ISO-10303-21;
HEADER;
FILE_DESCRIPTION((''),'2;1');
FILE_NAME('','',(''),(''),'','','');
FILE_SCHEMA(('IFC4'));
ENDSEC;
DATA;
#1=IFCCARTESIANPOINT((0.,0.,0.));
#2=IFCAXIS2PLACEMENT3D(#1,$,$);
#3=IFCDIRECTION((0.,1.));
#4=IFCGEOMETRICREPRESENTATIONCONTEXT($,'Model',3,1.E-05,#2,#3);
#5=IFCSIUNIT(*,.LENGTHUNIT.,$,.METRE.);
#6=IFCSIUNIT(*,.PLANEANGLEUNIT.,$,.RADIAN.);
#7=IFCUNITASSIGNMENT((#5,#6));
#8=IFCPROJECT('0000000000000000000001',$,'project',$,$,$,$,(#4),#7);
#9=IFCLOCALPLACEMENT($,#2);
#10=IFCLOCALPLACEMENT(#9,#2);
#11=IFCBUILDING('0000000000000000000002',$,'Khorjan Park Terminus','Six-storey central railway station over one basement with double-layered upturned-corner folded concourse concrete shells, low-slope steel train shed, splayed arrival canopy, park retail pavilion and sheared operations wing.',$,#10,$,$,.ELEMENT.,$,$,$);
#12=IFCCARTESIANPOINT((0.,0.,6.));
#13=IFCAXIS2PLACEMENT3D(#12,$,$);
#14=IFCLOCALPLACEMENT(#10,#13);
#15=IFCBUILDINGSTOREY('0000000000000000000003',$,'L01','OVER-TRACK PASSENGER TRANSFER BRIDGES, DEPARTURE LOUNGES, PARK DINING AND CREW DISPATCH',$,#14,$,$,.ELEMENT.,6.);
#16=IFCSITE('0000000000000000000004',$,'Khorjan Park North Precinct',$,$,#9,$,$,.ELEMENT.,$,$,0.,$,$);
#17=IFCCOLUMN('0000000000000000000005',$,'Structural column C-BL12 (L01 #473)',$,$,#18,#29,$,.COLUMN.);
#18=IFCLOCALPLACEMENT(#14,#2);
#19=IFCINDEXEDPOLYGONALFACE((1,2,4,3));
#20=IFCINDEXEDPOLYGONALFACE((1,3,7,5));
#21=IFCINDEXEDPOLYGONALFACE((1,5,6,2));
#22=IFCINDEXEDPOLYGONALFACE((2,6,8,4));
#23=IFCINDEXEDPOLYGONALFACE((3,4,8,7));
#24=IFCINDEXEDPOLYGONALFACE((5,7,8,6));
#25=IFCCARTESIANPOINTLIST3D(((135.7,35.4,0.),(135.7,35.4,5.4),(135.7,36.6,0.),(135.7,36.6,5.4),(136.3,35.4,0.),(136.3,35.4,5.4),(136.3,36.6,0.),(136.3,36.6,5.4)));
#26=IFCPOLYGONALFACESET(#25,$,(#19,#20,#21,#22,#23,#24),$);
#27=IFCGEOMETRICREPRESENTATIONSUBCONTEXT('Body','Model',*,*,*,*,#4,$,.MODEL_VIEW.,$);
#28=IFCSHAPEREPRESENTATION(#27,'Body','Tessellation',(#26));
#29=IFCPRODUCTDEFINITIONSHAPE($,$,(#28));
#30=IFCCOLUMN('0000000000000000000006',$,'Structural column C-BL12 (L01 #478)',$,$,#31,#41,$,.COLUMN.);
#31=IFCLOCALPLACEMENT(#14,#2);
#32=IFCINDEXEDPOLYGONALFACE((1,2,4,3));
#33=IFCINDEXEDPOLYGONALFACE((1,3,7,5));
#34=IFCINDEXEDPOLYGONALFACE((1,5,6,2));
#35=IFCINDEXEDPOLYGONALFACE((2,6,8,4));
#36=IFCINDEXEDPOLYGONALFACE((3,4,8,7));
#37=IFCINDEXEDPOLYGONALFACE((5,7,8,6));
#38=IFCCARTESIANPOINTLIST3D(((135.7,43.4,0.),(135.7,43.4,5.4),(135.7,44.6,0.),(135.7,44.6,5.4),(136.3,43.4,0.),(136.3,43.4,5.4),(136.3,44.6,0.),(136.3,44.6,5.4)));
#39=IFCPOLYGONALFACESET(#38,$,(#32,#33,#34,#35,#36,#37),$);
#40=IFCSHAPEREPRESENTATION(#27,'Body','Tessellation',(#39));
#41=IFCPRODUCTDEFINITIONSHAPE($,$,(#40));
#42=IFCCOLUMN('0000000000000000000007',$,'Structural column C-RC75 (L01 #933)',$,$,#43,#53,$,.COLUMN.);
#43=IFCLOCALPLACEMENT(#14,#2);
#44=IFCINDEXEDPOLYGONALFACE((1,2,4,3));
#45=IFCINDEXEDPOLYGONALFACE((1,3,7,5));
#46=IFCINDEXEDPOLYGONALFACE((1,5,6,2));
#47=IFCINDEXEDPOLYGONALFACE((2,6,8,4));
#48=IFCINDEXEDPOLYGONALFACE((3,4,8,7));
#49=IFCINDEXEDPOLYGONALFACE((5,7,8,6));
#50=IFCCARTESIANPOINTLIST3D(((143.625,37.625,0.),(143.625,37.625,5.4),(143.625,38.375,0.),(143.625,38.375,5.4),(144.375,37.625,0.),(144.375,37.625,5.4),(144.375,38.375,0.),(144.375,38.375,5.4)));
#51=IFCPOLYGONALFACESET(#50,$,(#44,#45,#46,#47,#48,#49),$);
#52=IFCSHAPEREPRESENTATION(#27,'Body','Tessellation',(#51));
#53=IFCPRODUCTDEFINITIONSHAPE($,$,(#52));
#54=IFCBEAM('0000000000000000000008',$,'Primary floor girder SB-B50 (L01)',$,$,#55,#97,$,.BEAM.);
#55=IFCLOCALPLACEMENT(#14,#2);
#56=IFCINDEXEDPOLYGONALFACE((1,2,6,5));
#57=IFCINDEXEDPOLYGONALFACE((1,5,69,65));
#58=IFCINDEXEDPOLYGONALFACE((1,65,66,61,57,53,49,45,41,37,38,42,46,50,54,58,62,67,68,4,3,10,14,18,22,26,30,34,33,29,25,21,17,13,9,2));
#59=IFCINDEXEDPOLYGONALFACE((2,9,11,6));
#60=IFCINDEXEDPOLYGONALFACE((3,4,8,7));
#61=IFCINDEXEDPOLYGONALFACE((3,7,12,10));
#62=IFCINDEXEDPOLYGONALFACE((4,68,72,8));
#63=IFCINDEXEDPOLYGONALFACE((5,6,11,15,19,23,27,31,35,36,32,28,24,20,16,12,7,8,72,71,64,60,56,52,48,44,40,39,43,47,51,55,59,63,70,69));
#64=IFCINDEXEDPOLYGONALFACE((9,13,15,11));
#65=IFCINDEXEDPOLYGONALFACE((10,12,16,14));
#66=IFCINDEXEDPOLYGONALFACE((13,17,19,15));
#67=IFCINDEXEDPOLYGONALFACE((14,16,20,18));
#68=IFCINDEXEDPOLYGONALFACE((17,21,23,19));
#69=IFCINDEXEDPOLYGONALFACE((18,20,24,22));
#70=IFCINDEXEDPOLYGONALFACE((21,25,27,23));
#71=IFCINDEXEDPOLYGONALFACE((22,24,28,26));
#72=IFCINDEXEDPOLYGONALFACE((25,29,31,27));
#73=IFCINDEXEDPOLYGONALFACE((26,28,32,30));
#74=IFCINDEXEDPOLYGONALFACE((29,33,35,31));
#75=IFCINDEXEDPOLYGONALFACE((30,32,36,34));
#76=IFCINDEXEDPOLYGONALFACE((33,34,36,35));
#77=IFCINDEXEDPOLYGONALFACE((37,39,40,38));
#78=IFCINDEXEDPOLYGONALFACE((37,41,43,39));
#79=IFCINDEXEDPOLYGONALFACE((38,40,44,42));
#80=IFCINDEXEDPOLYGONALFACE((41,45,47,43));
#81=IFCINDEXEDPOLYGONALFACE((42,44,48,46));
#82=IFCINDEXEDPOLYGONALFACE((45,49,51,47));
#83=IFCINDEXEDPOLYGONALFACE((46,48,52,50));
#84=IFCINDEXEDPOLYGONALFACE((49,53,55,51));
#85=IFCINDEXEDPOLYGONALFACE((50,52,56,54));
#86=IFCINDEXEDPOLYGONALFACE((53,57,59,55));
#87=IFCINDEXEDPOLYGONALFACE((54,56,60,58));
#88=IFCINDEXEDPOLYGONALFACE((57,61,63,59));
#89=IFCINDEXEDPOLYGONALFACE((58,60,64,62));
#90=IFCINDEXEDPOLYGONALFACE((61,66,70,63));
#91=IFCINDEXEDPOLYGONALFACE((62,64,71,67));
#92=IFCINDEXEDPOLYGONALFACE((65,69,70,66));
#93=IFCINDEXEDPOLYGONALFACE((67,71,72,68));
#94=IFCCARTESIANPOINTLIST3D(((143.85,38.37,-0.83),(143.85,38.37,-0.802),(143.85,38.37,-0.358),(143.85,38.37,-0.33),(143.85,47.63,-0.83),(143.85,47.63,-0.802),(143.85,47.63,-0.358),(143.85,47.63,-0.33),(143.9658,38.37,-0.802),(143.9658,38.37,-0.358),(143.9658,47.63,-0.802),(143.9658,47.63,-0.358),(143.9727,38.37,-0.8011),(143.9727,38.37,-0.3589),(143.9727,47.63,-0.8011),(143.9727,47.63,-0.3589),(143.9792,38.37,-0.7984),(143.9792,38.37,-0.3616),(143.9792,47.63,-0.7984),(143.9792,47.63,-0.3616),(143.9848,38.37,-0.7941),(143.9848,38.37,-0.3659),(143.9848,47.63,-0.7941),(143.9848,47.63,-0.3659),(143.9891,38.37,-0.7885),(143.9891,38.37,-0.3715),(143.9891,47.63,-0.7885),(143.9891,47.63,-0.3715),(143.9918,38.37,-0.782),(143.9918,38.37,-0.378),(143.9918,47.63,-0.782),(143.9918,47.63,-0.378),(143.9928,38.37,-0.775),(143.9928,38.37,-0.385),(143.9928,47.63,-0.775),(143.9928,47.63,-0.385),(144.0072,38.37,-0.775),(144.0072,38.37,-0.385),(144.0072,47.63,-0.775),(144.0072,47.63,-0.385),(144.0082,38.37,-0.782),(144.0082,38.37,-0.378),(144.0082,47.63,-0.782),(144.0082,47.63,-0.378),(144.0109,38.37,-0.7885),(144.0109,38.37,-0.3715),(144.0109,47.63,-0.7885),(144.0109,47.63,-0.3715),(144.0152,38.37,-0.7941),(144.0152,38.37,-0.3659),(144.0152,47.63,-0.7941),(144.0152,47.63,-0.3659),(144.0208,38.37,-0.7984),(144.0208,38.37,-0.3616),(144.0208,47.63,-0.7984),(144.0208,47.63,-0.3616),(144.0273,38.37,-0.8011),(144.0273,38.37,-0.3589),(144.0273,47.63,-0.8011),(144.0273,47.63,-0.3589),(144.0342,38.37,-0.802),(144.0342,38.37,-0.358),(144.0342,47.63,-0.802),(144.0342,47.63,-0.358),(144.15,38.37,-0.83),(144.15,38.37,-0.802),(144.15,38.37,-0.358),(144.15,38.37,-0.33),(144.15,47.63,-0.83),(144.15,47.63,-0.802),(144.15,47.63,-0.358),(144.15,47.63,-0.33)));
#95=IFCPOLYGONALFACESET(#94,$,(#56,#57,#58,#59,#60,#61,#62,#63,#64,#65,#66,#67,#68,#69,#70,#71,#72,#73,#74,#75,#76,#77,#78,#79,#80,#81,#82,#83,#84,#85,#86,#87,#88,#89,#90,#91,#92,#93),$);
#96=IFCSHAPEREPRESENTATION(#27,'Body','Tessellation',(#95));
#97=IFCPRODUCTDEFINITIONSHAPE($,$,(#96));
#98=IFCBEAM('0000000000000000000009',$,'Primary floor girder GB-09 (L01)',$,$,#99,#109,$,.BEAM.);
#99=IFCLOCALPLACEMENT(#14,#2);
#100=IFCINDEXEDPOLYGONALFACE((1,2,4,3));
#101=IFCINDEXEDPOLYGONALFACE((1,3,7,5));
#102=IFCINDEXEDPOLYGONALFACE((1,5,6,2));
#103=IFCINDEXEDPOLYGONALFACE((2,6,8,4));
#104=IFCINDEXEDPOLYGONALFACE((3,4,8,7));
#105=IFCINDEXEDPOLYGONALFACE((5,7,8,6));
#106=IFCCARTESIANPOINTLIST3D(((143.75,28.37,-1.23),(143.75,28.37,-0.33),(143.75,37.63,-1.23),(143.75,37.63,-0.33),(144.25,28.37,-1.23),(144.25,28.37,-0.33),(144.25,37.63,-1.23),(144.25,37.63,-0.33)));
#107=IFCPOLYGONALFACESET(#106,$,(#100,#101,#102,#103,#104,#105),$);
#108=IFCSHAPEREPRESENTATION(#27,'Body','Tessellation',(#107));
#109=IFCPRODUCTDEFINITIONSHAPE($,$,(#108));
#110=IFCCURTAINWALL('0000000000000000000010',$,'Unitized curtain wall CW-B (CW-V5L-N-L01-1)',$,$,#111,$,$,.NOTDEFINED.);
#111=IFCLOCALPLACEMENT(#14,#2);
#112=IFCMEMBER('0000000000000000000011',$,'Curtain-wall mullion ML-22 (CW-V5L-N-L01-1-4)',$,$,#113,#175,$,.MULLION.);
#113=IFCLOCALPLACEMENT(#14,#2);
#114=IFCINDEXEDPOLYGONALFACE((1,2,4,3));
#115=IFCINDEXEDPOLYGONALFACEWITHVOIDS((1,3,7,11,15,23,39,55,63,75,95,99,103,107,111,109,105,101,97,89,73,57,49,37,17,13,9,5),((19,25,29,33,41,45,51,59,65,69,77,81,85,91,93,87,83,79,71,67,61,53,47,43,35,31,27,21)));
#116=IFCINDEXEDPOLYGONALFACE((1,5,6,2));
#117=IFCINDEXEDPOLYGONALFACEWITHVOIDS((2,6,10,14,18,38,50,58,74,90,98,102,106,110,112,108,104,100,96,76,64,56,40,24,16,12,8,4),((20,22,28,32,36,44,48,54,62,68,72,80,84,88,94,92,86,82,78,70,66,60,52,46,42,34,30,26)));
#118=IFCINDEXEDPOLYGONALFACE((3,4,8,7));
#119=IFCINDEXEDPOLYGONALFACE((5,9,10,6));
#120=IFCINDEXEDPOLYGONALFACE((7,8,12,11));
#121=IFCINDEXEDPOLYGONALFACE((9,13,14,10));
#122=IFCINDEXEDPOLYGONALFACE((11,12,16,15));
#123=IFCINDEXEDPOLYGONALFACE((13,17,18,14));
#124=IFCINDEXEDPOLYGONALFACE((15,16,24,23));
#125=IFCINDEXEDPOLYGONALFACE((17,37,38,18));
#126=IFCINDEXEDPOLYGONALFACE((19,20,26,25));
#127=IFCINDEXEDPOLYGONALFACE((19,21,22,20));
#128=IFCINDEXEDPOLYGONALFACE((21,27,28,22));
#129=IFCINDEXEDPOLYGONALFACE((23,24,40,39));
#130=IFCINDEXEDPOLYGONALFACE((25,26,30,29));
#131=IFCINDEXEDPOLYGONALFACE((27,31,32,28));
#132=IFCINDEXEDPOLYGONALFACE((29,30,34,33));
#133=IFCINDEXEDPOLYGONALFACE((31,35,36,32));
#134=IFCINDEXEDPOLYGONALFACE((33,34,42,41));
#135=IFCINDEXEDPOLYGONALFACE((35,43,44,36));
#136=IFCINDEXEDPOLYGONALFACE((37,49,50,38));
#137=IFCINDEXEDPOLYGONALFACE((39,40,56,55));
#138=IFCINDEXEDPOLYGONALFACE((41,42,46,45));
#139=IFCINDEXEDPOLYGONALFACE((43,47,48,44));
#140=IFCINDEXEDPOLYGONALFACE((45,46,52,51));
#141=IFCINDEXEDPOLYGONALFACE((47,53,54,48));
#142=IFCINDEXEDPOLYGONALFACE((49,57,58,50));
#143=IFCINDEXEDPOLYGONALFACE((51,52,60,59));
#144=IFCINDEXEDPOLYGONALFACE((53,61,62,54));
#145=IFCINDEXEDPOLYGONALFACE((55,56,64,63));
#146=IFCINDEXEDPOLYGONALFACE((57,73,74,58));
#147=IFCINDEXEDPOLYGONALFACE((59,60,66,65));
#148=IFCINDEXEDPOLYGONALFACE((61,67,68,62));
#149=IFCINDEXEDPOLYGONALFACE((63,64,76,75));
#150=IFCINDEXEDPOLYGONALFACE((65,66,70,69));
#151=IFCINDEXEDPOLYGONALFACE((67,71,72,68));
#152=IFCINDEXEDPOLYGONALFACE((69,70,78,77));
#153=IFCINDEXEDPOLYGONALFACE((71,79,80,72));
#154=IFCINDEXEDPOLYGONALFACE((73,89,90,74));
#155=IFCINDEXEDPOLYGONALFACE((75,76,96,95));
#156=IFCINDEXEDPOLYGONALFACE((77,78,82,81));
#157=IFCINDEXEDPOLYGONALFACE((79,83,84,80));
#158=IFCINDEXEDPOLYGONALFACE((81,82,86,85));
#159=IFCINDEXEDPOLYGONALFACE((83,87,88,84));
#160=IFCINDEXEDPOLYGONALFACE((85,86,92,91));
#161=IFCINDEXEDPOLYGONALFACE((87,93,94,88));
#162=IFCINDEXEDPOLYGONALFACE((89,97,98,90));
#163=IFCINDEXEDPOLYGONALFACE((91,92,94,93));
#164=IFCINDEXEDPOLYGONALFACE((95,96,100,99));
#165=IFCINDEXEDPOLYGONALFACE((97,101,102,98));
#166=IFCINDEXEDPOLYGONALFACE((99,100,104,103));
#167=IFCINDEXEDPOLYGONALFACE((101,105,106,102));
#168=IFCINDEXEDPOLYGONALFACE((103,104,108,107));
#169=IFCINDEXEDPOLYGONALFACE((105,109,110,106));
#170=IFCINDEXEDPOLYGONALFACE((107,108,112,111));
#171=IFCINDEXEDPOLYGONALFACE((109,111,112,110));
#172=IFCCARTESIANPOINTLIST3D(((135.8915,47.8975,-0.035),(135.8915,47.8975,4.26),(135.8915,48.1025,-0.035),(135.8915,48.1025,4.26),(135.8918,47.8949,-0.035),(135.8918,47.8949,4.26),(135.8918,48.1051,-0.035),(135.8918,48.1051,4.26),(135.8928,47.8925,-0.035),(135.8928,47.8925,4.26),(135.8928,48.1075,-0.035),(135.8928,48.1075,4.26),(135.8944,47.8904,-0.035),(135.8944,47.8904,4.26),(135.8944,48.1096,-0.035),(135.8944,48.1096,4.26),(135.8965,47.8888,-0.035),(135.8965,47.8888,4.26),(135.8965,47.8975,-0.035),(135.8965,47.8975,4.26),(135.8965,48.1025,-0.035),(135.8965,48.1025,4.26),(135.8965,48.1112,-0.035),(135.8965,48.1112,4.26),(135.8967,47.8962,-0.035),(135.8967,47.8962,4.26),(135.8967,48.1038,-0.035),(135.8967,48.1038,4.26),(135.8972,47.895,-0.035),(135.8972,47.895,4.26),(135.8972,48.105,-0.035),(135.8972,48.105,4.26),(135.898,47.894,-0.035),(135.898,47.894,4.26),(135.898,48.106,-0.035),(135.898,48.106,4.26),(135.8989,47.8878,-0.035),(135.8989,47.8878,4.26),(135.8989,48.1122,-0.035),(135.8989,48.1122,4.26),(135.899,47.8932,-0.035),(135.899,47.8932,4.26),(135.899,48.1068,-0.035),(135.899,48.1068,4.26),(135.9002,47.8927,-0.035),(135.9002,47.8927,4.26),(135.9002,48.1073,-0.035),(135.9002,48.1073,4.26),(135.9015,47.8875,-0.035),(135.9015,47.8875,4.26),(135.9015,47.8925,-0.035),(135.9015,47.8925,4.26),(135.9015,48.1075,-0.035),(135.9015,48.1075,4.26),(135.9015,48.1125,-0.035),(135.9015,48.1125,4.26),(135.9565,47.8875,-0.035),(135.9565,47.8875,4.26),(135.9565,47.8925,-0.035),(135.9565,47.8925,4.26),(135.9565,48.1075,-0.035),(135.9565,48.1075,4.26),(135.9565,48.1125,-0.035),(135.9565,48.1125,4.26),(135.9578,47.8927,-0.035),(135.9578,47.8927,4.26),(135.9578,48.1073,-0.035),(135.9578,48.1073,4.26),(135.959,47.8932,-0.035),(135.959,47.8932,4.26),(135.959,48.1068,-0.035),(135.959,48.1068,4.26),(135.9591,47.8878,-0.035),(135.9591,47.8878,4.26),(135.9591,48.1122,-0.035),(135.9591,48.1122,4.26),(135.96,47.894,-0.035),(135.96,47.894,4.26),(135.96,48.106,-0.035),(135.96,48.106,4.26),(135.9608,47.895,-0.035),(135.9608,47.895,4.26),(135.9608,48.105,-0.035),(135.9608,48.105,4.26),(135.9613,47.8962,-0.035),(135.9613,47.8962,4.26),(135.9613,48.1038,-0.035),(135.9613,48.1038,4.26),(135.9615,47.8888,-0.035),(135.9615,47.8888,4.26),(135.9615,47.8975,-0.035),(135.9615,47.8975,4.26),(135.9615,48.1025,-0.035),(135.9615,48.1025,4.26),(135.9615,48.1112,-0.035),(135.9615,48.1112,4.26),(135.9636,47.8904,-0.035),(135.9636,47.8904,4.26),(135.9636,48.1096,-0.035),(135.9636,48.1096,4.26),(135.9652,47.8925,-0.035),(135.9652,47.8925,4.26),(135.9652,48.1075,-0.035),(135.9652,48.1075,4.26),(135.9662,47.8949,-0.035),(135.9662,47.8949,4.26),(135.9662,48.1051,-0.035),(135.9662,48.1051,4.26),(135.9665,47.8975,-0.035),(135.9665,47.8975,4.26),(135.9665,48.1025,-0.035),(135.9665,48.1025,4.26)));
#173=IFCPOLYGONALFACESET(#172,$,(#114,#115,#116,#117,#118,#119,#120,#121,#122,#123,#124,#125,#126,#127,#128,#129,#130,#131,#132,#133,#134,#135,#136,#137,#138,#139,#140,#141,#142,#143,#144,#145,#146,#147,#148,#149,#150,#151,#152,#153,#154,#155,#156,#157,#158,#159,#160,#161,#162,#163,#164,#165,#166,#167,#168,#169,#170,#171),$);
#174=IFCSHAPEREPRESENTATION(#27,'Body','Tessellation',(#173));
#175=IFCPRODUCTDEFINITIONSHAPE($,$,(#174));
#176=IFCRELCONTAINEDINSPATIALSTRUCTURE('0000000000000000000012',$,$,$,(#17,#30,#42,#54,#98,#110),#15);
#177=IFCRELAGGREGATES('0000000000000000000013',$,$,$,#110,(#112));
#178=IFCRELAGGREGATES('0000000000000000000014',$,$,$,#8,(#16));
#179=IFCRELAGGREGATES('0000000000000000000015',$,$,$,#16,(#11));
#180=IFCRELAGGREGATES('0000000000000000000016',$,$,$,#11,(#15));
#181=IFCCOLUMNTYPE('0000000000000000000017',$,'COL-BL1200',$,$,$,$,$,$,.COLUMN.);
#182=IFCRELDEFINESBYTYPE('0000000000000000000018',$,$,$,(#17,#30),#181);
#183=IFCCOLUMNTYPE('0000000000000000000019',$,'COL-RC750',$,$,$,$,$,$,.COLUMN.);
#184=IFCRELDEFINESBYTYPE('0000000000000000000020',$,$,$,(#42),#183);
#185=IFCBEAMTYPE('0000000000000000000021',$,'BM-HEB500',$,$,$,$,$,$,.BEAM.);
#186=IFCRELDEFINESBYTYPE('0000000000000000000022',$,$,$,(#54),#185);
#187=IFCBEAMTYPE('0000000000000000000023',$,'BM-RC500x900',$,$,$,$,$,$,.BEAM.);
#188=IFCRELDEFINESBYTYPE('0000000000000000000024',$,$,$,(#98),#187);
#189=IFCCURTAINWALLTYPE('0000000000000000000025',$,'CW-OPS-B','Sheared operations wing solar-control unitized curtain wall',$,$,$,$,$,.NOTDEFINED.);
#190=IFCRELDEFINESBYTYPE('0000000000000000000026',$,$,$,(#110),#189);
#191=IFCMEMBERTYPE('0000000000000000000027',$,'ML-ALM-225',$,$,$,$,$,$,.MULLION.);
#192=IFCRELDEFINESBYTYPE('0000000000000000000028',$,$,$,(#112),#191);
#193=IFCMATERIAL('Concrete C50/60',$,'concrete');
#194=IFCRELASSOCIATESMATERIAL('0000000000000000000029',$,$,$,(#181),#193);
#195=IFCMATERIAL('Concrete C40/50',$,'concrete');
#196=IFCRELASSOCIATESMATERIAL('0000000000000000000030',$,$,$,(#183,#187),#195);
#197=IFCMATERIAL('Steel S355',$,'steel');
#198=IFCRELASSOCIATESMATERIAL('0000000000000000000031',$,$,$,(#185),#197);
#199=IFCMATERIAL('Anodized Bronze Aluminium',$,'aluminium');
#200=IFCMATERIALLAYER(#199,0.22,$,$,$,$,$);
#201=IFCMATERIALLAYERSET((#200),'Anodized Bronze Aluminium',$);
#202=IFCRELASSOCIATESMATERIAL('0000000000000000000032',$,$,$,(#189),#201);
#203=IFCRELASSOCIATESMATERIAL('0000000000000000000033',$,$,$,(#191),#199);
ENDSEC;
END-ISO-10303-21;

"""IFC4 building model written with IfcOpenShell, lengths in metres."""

from ifc_helpers import new_model, si_unit, direction, frame, origin, origin_2d, place, context, subcontext, project, spatial, rectangle, hollow_rectangle, i_section, extrude, material, layer, layer_set, material_profile, profile_set, type_object, element, aggregate, save


model = new_model("IFC4")

# Units and contexts
model_context = context("Model", 3, precision=1e-05, world=origin(), true_north=direction((0.0, 1.0)))
body_context = subcontext(model_context, "Body", "Model", "MODEL_VIEW")
ifc_project = project(units=[si_unit("LENGTHUNIT", "METRE"), si_unit("PLANEANGLEUNIT", "RADIAN")], contexts=[model_context])

# Site, building, storey
site_placement = place(None, origin())
site = spatial("IfcSite", under=ifc_project, at=site_placement, Name="Khorjan Park North Precinct", CompositionType="ELEMENT", RefElevation=0.0)
building_placement = place(site_placement, origin())
building = spatial("IfcBuilding", under=site, at=building_placement, Name="Khorjan Park Terminus", Description="Six-storey central railway station over one basement with double-layered upturned-corner folded concourse concrete shells, low-slope steel train shed, splayed arrival canopy, park retail pavilion and sheared operations wing.", CompositionType="ELEMENT")
storey_placement = place(building_placement, frame((0.0, 0.0, 6.0)))
storey = spatial("IfcBuildingStorey", under=building, at=storey_placement, Name="L01", Description="OVER-TRACK PASSENGER TRANSFER BRIDGES, DEPARTURE LOUNGES, PARK DINING AND CREW DISPATCH", CompositionType="ELEMENT", Elevation=6.0)

# Columns
ifc_material_1 = material(Name="Concrete C50/60", Category="concrete")
ifc_material_profile_1 = material_profile(ifc_material_1, rectangle(XDim=0.6, YDim=1.2, at=origin_2d()), Name="RC 600x1200")
ifc_profile_set_1 = profile_set([ifc_material_profile_1], Name="Concrete C50/60")
column_type_1 = type_object("IfcColumnType", Name="COL-BL1200", PredefinedType="COLUMN", material=ifc_profile_set_1)
for number, where, z_axis, x_axis, name in (
    (1, (136.0, 36.0, 0.0), (0.0, 0.0, 1.0), (1.0, 0.0, 0.0), "Structural column C-BL12 (L01 #473)"),
    (2, (136.0, 44.0, 0.0), (0.0, 0.0, 1.0), (1.0, 0.0, 0.0), "Structural column C-BL12 (L01 #478)"),
):
    element("IfcColumn", number, at=place(storey_placement, frame(where, z_axis=z_axis, x_axis=x_axis)), inside=storey, type_object=column_type_1, Name=name, PredefinedType="COLUMN", context=body_context, shape_type="SweptSolid", body=[
        extrude(rectangle(XDim=0.6, YDim=1.2, at=origin_2d()), origin(), (0.0, 0.0, 1.0), 5.4),
    ])
ifc_material_2 = material(Name="Concrete C40/50", Category="concrete")
ifc_material_profile_2 = material_profile(ifc_material_2, rectangle(XDim=0.75, YDim=0.75, at=origin_2d()), Name="RC 750x750")
ifc_profile_set_2 = profile_set([ifc_material_profile_2], Name="Concrete C40/50")
column_type_2 = type_object("IfcColumnType", Name="COL-RC750", PredefinedType="COLUMN", material=ifc_profile_set_2)
column_placement = place(storey_placement, frame((144.0, 38.0, 0.0), z_axis=(0.0, 0.0, 1.0), x_axis=(1.0, 0.0, 0.0)))
element("IfcColumn", 3, at=column_placement, inside=storey, type_object=column_type_2, Name="Structural column C-RC75 (L01 #933)", PredefinedType="COLUMN", context=body_context, shape_type="SweptSolid", body=[
    extrude(rectangle(XDim=0.75, YDim=0.75, at=origin_2d()), origin(), (0.0, 0.0, 1.0), 5.4),
])

# Beams
ifc_material_3 = material(Name="Steel S355", Category="steel")
ifc_material_profile_3 = material_profile(ifc_material_3, i_section(OverallWidth=0.3, OverallDepth=0.5, WebThickness=0.0145, FlangeThickness=0.028, FilletRadius=0.027, at=origin_2d()), Name="HEB 500")
ifc_profile_set_3 = profile_set([ifc_material_profile_3], Name="Steel S355")
beam_type_1 = type_object("IfcBeamType", Name="BM-HEB500", PredefinedType="BEAM", material=ifc_profile_set_3)
beam_1_placement = place(storey_placement, frame((144.0, 38.37, -0.58), z_axis=(0.0, 1.0, 0.0), x_axis=(-1.0, 0.0, 0.0)))
element("IfcBeam", 4, at=beam_1_placement, inside=storey, type_object=beam_type_1, Name="Primary floor girder SB-B50 (L01)", PredefinedType="BEAM", context=body_context, shape_type="SweptSolid", body=[
    extrude(i_section(OverallWidth=0.3, OverallDepth=0.5, WebThickness=0.0145, FlangeThickness=0.028, FilletRadius=0.027, at=origin_2d()), origin(), (0.0, 0.0, 1.0), 9.26),
])
ifc_material_profile_4 = material_profile(ifc_material_2, rectangle(XDim=0.5, YDim=0.9, at=origin_2d()), Name="RC 500x900")
ifc_profile_set_4 = profile_set([ifc_material_profile_4], Name="Concrete C40/50")
beam_type_2 = type_object("IfcBeamType", Name="BM-RC500x900", PredefinedType="BEAM", material=ifc_profile_set_4)
beam_2_placement = place(storey_placement, frame((144.0, 28.37, -0.78), z_axis=(0.0, 1.0, 0.0), x_axis=(-1.0, 0.0, 0.0)))
element("IfcBeam", 5, at=beam_2_placement, inside=storey, type_object=beam_type_2, Name="Primary floor girder GB-09 (L01)", PredefinedType="BEAM", context=body_context, shape_type="SweptSolid", body=[
    extrude(rectangle(XDim=0.5, YDim=0.9, at=origin_2d()), origin(), (0.0, 0.0, 1.0), 9.26),
])

# Curtain wall, member
ifc_material_4 = material(Name="Anodized Bronze Aluminium", Category="aluminium")
ifc_layer_1 = layer(ifc_material_4, 0.22)
ifc_layer_set_1 = layer_set([ifc_layer_1], Name="Anodized Bronze Aluminium")
curtain_wall_type_1 = type_object("IfcCurtainWallType", Name="CW-OPS-B", Description="Sheared operations wing solar-control unitized curtain wall", PredefinedType="NOTDEFINED", material=ifc_layer_set_1)
curtain_wall_1_placement = place(storey_placement, origin())
curtain_wall_1 = element("IfcCurtainWall", 6, at=curtain_wall_1_placement, inside=storey, type_object=curtain_wall_type_1, Name="Unitized curtain wall CW-B (CW-V5L-N-L01-1)", PredefinedType="NOTDEFINED")
ifc_material_profile_5 = material_profile(ifc_material_4, hollow_rectangle(XDim=0.075, YDim=0.225, WallThickness=0.005, InnerFilletRadius=0.005, OuterFilletRadius=0.01, at=origin_2d()), Name="ALM 75x225x5")
ifc_profile_set_5 = profile_set([ifc_material_profile_5], Name="Anodized Bronze Aluminium")
member_type_1 = type_object("IfcMemberType", Name="ML-ALM-225", PredefinedType="MULLION", material=ifc_profile_set_5)
member_1_placement = place(storey_placement, frame((135.929, 48.0, -0.035), z_axis=(0.0, 0.0, 1.0), x_axis=(-1.0, 0.0, 0.0)))
member_1 = element("IfcMember", 7, at=member_1_placement, type_object=member_type_1, Name="Curtain-wall mullion ML-22 (CW-V5L-N-L01-1-4)", PredefinedType="MULLION", context=body_context, shape_type="SweptSolid", body=[
    extrude(hollow_rectangle(XDim=0.075, YDim=0.225, WallThickness=0.005, InnerFilletRadius=0.005, OuterFilletRadius=0.01, at=origin_2d()), origin(), (0.0, 0.0, 1.0), 4.295),
])

aggregate(curtain_wall_1, [member_1])

save(model, "model.ifc")
